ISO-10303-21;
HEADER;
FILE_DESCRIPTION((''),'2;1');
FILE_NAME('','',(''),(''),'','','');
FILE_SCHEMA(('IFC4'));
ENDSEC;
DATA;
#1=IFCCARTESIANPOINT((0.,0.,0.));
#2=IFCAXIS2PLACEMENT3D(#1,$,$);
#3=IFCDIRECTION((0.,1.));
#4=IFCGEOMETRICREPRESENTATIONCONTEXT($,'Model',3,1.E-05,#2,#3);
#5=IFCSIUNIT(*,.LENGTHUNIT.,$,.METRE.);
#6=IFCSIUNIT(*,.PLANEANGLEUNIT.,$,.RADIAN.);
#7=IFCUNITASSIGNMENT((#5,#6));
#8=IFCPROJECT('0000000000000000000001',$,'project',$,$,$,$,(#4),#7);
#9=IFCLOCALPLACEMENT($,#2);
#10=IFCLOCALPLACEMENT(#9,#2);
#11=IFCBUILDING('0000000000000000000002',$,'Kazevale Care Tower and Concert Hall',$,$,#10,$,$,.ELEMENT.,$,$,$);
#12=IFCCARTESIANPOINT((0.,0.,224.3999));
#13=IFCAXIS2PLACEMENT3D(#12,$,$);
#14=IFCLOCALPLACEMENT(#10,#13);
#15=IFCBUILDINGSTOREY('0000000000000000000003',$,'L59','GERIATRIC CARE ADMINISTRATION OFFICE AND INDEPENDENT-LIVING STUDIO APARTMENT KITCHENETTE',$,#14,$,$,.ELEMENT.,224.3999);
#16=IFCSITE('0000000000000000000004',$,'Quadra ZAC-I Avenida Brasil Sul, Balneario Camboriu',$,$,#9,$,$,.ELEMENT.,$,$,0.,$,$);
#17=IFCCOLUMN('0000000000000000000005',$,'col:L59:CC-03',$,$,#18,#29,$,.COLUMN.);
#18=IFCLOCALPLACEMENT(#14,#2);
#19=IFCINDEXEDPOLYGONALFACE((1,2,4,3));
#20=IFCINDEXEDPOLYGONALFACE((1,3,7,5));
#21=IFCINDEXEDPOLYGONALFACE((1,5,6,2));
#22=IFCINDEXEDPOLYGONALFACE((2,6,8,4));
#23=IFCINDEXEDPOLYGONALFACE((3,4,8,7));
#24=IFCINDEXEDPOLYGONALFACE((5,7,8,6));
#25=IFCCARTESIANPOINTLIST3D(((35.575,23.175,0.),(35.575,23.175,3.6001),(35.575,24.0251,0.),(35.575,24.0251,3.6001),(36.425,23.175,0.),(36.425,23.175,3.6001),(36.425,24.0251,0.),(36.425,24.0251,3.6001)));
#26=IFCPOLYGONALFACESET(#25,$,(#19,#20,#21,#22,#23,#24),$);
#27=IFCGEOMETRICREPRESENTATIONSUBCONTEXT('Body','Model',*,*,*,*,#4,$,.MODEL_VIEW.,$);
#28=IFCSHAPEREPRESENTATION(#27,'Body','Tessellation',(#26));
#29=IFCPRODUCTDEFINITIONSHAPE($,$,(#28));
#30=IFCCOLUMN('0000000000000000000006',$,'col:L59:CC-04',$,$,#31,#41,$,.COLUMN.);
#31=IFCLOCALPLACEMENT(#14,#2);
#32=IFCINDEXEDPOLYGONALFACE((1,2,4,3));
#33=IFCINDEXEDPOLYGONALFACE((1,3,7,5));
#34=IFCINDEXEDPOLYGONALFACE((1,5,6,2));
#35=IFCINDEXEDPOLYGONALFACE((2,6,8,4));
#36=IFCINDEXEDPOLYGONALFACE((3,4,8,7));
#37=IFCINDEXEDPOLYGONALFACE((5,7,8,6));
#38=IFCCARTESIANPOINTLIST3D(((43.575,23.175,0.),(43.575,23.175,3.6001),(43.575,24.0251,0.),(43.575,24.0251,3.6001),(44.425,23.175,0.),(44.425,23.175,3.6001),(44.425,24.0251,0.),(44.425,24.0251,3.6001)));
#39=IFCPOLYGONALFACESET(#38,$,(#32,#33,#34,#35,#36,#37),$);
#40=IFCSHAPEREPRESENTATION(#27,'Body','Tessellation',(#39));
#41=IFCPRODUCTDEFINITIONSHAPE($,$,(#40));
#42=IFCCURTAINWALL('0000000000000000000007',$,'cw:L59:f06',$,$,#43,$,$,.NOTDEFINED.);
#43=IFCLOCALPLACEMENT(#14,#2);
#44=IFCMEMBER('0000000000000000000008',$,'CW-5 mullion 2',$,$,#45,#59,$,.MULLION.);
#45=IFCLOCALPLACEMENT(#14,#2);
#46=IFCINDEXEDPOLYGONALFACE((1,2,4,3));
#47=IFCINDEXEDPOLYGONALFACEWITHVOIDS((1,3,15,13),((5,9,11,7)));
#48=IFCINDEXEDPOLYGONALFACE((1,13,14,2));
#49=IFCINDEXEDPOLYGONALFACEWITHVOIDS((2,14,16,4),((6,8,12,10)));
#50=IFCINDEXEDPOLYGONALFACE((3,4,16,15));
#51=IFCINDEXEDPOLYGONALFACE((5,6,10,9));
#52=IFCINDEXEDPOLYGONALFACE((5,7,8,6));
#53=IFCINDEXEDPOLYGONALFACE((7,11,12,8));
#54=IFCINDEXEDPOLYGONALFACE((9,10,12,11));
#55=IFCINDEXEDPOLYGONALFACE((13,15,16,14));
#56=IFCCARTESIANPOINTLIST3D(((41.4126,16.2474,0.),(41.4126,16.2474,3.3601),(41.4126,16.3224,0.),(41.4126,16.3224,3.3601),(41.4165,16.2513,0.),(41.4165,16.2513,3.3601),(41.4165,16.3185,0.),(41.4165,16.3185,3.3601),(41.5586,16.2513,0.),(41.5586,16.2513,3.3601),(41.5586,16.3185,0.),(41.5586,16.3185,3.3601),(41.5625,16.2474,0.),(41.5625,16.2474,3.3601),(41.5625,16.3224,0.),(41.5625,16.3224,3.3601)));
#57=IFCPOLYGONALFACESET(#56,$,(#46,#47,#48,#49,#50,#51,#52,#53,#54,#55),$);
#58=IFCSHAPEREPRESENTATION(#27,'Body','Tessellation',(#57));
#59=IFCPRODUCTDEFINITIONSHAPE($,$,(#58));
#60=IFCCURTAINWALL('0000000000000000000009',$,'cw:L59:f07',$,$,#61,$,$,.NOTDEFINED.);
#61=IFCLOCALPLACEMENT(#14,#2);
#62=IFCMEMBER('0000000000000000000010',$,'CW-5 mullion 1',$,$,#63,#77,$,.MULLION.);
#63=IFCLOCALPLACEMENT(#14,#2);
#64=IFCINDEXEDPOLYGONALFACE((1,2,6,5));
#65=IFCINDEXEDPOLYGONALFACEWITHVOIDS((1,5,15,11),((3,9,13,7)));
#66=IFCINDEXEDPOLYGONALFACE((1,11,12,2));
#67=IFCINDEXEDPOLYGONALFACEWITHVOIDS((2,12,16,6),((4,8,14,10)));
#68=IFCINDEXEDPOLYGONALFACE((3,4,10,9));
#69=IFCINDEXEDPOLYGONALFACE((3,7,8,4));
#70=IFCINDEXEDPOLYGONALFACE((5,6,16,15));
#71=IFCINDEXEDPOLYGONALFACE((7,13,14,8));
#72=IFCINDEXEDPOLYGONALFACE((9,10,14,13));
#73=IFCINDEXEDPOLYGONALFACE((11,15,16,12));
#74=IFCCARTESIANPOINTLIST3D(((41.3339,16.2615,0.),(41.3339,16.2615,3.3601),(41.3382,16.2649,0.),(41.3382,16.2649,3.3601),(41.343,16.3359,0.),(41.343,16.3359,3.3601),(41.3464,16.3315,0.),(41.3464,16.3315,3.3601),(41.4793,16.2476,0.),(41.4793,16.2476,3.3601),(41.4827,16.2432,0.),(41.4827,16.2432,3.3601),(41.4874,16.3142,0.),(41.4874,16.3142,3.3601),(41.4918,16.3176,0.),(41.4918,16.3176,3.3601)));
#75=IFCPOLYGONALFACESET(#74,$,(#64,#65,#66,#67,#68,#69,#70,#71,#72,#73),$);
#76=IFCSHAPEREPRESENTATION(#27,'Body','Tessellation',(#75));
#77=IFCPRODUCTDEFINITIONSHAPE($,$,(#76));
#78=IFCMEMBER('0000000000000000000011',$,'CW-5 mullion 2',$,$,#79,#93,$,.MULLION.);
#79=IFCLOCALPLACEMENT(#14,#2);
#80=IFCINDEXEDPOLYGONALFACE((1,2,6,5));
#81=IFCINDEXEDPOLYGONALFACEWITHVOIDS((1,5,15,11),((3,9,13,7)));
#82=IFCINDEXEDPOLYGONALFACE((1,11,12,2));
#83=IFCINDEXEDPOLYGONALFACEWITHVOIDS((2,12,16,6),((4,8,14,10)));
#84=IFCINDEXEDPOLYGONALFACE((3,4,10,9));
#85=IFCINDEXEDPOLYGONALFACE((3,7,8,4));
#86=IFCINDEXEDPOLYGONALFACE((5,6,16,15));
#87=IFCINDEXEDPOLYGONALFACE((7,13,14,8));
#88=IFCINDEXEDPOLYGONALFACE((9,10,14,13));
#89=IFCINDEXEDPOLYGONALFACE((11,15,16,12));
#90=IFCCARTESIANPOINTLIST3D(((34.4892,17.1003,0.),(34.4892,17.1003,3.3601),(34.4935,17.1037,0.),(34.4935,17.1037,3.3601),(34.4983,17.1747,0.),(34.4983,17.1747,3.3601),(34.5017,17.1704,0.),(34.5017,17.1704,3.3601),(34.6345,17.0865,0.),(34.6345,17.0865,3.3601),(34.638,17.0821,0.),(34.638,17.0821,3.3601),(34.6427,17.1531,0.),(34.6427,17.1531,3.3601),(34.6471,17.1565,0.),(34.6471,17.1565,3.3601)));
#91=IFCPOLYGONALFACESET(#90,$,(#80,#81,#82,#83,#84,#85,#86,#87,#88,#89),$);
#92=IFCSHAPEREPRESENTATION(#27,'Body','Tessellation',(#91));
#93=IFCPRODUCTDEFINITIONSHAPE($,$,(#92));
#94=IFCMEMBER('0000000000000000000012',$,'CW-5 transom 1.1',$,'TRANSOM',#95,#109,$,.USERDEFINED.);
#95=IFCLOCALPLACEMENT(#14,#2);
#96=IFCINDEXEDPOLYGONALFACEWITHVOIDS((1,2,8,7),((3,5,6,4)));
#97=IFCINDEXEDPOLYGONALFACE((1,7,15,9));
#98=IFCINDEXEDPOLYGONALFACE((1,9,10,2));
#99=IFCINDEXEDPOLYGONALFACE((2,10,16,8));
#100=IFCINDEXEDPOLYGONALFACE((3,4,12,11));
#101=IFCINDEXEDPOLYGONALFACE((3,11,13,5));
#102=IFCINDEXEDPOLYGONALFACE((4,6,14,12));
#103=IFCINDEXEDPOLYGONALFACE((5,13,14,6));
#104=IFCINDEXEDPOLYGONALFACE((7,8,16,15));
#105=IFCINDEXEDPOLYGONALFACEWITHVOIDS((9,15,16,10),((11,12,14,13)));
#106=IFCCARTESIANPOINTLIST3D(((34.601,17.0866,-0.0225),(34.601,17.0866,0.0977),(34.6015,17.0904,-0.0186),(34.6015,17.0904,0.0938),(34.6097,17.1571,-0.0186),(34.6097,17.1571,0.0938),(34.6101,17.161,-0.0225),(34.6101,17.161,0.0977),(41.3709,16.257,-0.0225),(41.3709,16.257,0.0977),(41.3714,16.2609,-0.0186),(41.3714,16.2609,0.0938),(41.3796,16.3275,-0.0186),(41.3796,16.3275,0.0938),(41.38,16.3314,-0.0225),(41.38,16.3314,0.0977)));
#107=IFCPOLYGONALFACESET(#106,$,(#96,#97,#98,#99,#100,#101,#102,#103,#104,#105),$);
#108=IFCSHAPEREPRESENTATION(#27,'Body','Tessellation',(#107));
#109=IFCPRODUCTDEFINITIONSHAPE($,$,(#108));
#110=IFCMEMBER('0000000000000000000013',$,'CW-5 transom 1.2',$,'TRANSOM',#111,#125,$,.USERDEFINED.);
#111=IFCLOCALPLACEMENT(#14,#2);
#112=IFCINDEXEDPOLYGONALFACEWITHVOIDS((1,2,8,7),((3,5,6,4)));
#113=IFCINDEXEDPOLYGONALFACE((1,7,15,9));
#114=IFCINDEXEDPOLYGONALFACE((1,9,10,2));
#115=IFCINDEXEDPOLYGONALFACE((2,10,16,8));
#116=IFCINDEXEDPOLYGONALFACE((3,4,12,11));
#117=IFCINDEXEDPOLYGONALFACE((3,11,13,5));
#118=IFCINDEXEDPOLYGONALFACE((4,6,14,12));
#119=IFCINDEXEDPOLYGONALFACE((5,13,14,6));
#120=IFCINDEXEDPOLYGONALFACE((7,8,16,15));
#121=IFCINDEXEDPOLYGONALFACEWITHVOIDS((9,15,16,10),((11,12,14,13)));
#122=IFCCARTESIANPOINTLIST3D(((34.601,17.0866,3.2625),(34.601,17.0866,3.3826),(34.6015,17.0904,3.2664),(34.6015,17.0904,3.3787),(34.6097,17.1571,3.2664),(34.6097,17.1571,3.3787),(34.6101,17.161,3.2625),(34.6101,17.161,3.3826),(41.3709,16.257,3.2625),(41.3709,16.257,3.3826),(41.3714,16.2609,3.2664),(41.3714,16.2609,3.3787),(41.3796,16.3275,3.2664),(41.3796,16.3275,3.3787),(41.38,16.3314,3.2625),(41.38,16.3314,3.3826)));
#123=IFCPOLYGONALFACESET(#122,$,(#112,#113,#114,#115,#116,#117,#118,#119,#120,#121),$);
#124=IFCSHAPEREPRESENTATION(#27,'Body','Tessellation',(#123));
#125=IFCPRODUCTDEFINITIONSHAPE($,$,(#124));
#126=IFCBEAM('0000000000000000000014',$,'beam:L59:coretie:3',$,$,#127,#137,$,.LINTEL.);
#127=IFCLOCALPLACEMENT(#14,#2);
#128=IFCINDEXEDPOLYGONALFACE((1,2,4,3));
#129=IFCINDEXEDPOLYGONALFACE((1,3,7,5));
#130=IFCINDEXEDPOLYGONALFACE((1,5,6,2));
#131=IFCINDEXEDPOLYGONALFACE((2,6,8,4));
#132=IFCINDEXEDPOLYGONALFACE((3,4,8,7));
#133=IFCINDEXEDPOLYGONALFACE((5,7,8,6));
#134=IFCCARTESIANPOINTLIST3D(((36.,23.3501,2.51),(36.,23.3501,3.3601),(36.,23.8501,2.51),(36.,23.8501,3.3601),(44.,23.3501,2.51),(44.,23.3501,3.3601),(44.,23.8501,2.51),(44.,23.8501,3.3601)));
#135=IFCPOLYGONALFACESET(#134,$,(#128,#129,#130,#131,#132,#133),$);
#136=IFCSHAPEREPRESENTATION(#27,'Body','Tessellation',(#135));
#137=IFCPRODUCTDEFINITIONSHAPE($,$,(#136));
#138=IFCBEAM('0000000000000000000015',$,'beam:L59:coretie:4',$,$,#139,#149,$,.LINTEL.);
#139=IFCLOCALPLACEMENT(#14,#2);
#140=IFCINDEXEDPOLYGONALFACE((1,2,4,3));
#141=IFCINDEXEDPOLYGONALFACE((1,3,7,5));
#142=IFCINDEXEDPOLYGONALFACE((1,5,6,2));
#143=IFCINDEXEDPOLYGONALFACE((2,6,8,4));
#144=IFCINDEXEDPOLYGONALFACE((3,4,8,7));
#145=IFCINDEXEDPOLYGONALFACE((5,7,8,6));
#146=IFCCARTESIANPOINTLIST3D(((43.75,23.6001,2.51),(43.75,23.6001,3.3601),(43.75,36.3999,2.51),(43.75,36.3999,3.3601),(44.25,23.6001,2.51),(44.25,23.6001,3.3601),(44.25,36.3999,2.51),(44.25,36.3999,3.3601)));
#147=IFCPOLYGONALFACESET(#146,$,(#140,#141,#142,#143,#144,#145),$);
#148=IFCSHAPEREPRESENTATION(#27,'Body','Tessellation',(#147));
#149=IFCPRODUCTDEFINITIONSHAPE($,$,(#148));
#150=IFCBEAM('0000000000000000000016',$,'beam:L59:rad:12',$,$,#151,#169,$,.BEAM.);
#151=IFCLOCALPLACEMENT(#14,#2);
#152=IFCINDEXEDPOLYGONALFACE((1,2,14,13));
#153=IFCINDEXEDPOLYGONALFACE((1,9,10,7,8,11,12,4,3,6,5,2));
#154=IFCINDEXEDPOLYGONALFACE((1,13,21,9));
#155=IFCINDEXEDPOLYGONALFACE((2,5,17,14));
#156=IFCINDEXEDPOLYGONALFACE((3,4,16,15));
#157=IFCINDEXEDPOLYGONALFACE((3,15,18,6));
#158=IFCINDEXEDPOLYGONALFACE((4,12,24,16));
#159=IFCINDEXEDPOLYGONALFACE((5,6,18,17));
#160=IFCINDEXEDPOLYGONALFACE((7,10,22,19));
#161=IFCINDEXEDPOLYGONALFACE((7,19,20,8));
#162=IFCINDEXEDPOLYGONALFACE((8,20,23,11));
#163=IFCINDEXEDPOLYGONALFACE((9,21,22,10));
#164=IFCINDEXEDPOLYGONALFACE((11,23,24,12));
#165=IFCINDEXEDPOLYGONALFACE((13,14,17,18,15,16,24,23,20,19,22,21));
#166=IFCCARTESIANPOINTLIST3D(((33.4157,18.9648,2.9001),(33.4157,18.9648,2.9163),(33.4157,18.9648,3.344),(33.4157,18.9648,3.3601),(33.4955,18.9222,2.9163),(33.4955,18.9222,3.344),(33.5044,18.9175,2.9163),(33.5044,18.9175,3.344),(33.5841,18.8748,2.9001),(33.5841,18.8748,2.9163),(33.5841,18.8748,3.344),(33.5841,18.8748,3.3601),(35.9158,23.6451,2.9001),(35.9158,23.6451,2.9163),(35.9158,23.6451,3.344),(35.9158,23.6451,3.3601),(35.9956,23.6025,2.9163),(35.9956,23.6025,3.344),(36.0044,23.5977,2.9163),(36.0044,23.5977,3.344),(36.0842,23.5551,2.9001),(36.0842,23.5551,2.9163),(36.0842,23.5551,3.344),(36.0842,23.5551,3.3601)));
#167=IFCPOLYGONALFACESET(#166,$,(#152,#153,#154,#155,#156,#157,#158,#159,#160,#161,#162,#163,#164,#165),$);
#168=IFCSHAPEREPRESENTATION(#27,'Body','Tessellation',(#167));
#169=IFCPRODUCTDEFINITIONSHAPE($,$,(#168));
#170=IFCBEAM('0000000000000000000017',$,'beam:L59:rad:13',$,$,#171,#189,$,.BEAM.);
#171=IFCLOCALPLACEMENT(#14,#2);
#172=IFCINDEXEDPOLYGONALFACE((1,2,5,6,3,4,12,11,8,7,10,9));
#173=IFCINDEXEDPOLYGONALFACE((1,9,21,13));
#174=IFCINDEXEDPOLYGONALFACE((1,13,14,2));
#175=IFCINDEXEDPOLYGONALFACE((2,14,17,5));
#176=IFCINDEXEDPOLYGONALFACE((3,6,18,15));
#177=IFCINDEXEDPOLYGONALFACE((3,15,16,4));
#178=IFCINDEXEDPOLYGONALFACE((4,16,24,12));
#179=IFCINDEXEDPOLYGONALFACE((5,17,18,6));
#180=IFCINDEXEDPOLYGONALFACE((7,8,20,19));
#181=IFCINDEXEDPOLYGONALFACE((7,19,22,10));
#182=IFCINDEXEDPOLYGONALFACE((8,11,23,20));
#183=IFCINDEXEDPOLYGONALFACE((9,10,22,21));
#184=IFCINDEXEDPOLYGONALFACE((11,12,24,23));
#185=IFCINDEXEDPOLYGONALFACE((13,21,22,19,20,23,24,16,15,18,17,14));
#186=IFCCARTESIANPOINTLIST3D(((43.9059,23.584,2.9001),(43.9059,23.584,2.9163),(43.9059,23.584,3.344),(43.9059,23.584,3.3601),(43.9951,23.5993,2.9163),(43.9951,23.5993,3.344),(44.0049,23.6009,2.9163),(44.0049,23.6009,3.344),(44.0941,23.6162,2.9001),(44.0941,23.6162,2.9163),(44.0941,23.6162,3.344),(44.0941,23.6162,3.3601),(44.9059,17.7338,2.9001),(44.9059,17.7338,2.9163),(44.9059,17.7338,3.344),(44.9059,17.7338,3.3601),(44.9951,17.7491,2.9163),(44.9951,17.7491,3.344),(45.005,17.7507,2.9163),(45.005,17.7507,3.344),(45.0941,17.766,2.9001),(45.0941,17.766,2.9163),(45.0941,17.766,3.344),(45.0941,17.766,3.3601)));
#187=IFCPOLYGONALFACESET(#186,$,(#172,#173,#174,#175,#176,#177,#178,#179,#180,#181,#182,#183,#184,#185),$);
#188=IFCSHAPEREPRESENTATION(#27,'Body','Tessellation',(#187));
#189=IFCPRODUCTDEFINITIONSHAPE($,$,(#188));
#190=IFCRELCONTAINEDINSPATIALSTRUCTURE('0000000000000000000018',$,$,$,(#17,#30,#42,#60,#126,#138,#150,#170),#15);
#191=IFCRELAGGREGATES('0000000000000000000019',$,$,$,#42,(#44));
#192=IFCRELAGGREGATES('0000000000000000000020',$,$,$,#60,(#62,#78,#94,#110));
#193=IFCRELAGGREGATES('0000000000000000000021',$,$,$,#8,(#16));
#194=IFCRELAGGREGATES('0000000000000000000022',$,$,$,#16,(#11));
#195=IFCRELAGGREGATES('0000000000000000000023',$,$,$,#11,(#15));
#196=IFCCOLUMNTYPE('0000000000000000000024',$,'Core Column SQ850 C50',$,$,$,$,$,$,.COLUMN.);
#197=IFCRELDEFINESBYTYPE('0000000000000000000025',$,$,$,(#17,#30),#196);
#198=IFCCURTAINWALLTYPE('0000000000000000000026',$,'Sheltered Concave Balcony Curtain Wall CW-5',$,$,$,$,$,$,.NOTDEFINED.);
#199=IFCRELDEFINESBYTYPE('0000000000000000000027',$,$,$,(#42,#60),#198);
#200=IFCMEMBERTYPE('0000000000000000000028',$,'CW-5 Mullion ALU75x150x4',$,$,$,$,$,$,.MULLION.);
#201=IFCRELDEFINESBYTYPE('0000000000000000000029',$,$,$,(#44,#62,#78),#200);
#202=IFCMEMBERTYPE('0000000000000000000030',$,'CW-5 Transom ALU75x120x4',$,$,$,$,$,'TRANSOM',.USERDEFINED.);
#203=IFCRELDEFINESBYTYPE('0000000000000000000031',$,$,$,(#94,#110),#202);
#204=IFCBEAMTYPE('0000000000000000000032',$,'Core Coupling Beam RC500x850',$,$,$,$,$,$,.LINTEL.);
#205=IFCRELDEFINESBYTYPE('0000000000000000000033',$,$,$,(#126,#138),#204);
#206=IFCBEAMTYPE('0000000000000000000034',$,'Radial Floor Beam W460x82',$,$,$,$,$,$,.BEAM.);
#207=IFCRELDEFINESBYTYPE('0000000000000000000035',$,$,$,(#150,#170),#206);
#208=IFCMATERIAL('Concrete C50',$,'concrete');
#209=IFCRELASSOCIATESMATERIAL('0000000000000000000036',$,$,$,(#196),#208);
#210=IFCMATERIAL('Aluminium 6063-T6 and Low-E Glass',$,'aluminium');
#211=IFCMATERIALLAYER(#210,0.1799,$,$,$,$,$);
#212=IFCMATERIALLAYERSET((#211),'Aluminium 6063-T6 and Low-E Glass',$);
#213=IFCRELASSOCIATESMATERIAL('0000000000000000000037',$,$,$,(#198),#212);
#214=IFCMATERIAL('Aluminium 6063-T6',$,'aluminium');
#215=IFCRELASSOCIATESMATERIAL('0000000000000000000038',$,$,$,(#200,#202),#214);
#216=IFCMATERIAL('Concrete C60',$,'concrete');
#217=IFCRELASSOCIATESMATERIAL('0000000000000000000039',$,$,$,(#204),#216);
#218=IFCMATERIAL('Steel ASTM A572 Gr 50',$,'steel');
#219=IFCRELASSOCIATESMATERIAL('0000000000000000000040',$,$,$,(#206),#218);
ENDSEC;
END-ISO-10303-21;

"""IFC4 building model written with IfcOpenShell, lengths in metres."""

from ifc_helpers import new_model, si_unit, direction, frame, origin, origin_2d, place, context, subcontext, project, spatial, rectangle, hollow_rectangle, i_section, extrude, material, layer, layer_set, material_profile, profile_set, type_object, element, aggregate, save


model = new_model("IFC4")

# Units and contexts
model_context = context("Model", 3, precision=1e-05, world=origin(), true_north=direction((0.0, 1.0)))
body_context = subcontext(model_context, "Body", "Model", "MODEL_VIEW")
ifc_project = project(units=[si_unit("LENGTHUNIT", "METRE"), si_unit("PLANEANGLEUNIT", "RADIAN")], contexts=[model_context])

# Site, building, storey
site_placement = place(None, origin())
site = spatial("IfcSite", under=ifc_project, at=site_placement, Name="Quadra ZAC-I Avenida Brasil Sul, Balneario Camboriu", CompositionType="ELEMENT", RefElevation=0.0)
building_placement = place(site_placement, origin())
building = spatial("IfcBuilding", under=site, at=building_placement, Name="Kazevale Care Tower and Concert Hall", CompositionType="ELEMENT")
storey_placement = place(building_placement, frame((0.0, 0.0, 224.3999)))
storey = spatial("IfcBuildingStorey", under=building, at=storey_placement, Name="L59", Description="GERIATRIC CARE ADMINISTRATION OFFICE AND INDEPENDENT-LIVING STUDIO APARTMENT KITCHENETTE", CompositionType="ELEMENT", Elevation=224.3999)

# Columns
ifc_material_1 = material(Name="Concrete C50", Category="concrete")
ifc_material_profile_1 = material_profile(ifc_material_1, rectangle(XDim=0.8501, YDim=0.8501, at=origin_2d()), Name="RC-SQ850")
ifc_profile_set_1 = profile_set([ifc_material_profile_1], Name="Concrete C50")
column_type = type_object("IfcColumnType", Name="Core Column SQ850 C50", PredefinedType="COLUMN", material=ifc_profile_set_1)
for number, where, z_axis, x_axis, name in (
    (1, (36.0, 23.6001, 0.0), (0.0, 0.0, 1.0), (1.0, 0.0, 0.0), "col:L59:CC-03"),
    (2, (44.0, 23.6001, 0.0), (0.0, 0.0, 1.0), (1.0, 0.0, 0.0), "col:L59:CC-04"),
):
    element("IfcColumn", number, at=place(storey_placement, frame(where, z_axis=z_axis, x_axis=x_axis)), inside=storey, type_object=column_type, Name=name, PredefinedType="COLUMN", context=body_context, shape_type="SweptSolid", body=[
        extrude(rectangle(XDim=0.8501, YDim=0.8501, at=origin_2d()), origin(), (0.0, 0.0, 1.0), 3.6001),
    ])

# Curtain wall, member
ifc_material_2 = material(Name="Aluminium 6063-T6 and Low-E Glass", Category="aluminium")
ifc_layer_1 = layer(ifc_material_2, 0.1799)
ifc_layer_set_1 = layer_set([ifc_layer_1], Name="Aluminium 6063-T6 and Low-E Glass")
curtain_wall_type = type_object("IfcCurtainWallType", Name="Sheltered Concave Balcony Curtain Wall CW-5", PredefinedType="NOTDEFINED", material=ifc_layer_set_1)
curtain_wall_1_placement = place(storey_placement, origin())
curtain_wall_1 = element("IfcCurtainWall", 3, at=curtain_wall_1_placement, inside=storey, type_object=curtain_wall_type, Name="cw:L59:f06", PredefinedType="NOTDEFINED")
ifc_material_3 = material(Name="Aluminium 6063-T6", Category="aluminium")
ifc_material_profile_2 = material_profile(ifc_material_3, hollow_rectangle(XDim=0.075, YDim=0.1499, WallThickness=0.0039, at=origin_2d()), Name="ALU75x150x4")
ifc_profile_set_2 = profile_set([ifc_material_profile_2], Name="Aluminium 6063-T6")
member_type_1 = type_object("IfcMemberType", Name="CW-5 Mullion ALU75x150x4", PredefinedType="MULLION", material=ifc_profile_set_2)
member_1_placement = place(storey_placement, frame((41.4875, 16.2849, 0.0), z_axis=(0.0, 0.0, 1.0), x_axis=(0.0, -1.0, 0.0)))
member_1 = element("IfcMember", 4, at=member_1_placement, type_object=member_type_1, Name="CW-5 mullion 2", PredefinedType="MULLION", context=body_context, shape_type="SweptSolid", body=[
    extrude(hollow_rectangle(XDim=0.075, YDim=0.1499, WallThickness=0.0039, at=origin_2d()), origin(), (0.0, 0.0, 1.0), 3.3601),
])
aggregate(curtain_wall_1, [member_1])

# Curtain wall, members
curtain_wall_2_placement = place(storey_placement, origin())
curtain_wall_2 = element("IfcCurtainWall", 5, at=curtain_wall_2_placement, inside=storey, type_object=curtain_wall_type, Name="cw:L59:f07", PredefinedType="NOTDEFINED")
member_2_placement = place(storey_placement, frame((41.4128, 16.2896, 0.0), z_axis=(0.0, 0.0, 1.0), x_axis=(-0.121651, -0.992573, 0.0)))
member_2 = element("IfcMember", 6, at=member_2_placement, type_object=member_type_1, Name="CW-5 mullion 1", PredefinedType="MULLION", context=body_context, shape_type="SweptSolid", body=[
    extrude(hollow_rectangle(XDim=0.075, YDim=0.1499, WallThickness=0.0039, at=origin_2d()), origin(), (0.0, 0.0, 1.0), 3.3601),
])
member_3_placement = place(storey_placement, frame((34.5681, 17.1284, 0.0), z_axis=(0.0, 0.0, 1.0), x_axis=(-0.121651, -0.992573, 0.0)))
member_3 = element("IfcMember", 7, at=member_3_placement, type_object=member_type_1, Name="CW-5 mullion 2", PredefinedType="MULLION", context=body_context, shape_type="SweptSolid", body=[
    extrude(hollow_rectangle(XDim=0.075, YDim=0.1499, WallThickness=0.0039, at=origin_2d()), origin(), (0.0, 0.0, 1.0), 3.3601),
])
ifc_material_profile_3 = material_profile(ifc_material_3, hollow_rectangle(XDim=0.075, YDim=0.1201, WallThickness=0.0039, at=origin_2d()), Name="ALU75x120x4")
ifc_profile_set_3 = profile_set([ifc_material_profile_3], Name="Aluminium 6063-T6")
member_type_2 = type_object("IfcMemberType", Name="CW-5 Transom ALU75x120x4", ElementType="TRANSOM", PredefinedType="USERDEFINED", material=ifc_profile_set_3)
member_4_placement = place(storey_placement, frame((41.3755, 16.2942, 0.0376), z_axis=(-0.992576, 0.121629, 0.0), x_axis=(-0.121629, -0.992576, 0.0)))
member_4 = element("IfcMember", 8, at=member_4_placement, type_object=member_type_2, Name="CW-5 transom 1.1", ObjectType="TRANSOM", PredefinedType="USERDEFINED", context=body_context, shape_type="SweptSolid", body=[
    extrude(hollow_rectangle(XDim=0.075, YDim=0.1201, WallThickness=0.0039, at=origin_2d()), origin(), (0.0, 0.0, 1.0), 6.8206),
])
member_5_placement = place(storey_placement, frame((41.3755, 16.2942, 3.3225), z_axis=(-0.992576, 0.121629, 0.0), x_axis=(-0.121629, -0.992576, 0.0)))
member_5 = element("IfcMember", 9, at=member_5_placement, type_object=member_type_2, Name="CW-5 transom 1.2", ObjectType="TRANSOM", PredefinedType="USERDEFINED", context=body_context, shape_type="SweptSolid", body=[
    extrude(hollow_rectangle(XDim=0.075, YDim=0.1201, WallThickness=0.0039, at=origin_2d()), origin(), (0.0, 0.0, 1.0), 6.8206),
])

# Beams
ifc_material_4 = material(Name="Concrete C60", Category="concrete")
ifc_material_profile_4 = material_profile(ifc_material_4, rectangle(XDim=0.5, YDim=0.8501, at=origin_2d()), Name="RC-B500x850")
ifc_profile_set_4 = profile_set([ifc_material_profile_4], Name="Concrete C60")
beam_type_1 = type_object("IfcBeamType", Name="Core Coupling Beam RC500x850", PredefinedType="LINTEL", material=ifc_profile_set_4)
beam_1_placement = place(storey_placement, frame((36.0, 23.6001, 2.9351), z_axis=(1.0, 0.0, 0.0), x_axis=(0.0, 1.0, 0.0)))
element("IfcBeam", 10, at=beam_1_placement, inside=storey, type_object=beam_type_1, Name="beam:L59:coretie:3", PredefinedType="LINTEL", context=body_context, shape_type="SweptSolid", body=[
    extrude(rectangle(XDim=0.5, YDim=0.8501, at=origin_2d()), origin(), (0.0, 0.0, 1.0), 8.0),
])
beam_2_placement = place(storey_placement, frame((44.0, 23.6001, 2.9351), z_axis=(0.0, 1.0, 0.0), x_axis=(-1.0, 0.0, 0.0)))
element("IfcBeam", 11, at=beam_2_placement, inside=storey, type_object=beam_type_1, Name="beam:L59:coretie:4", PredefinedType="LINTEL", context=body_context, shape_type="SweptSolid", body=[
    extrude(rectangle(XDim=0.5, YDim=0.8501, at=origin_2d()), origin(), (0.0, 0.0, 1.0), 12.7998),
])
ifc_material_5 = material(Name="Steel ASTM A572 Gr 50", Category="steel")
ifc_material_profile_5 = material_profile(ifc_material_5, i_section(OverallWidth=0.1909, OverallDepth=0.46, WebThickness=0.01, FlangeThickness=0.0161, at=origin_2d()), Name="W460x82")
ifc_profile_set_5 = profile_set([ifc_material_profile_5], Name="Steel ASTM A572 Gr 50")
beam_type_2 = type_object("IfcBeamType", Name="Radial Floor Beam W460x82", PredefinedType="BEAM", material=ifc_profile_set_5)
beam_3_placement = place(storey_placement, frame((36.0, 23.6001, 3.1301), z_axis=(-0.471161, -0.882047, 0.0), x_axis=(0.882047, -0.471161, 0.0)))
element("IfcBeam", 12, at=beam_3_placement, inside=storey, type_object=beam_type_2, Name="beam:L59:rad:12", PredefinedType="BEAM", context=body_context, shape_type="SweptSolid", body=[
    extrude(i_section(OverallWidth=0.1909, OverallDepth=0.46, WebThickness=0.01, FlangeThickness=0.0161, at=origin_2d()), origin(), (0.0, 0.0, 1.0), 5.3062),
])
beam_4_placement = place(storey_placement, frame((44.0, 23.6001, 3.1301), z_axis=(0.168493, -0.985703, 0.0), x_axis=(0.985703, 0.168493, 0.0)))
element("IfcBeam", 13, at=beam_4_placement, inside=storey, type_object=beam_type_2, Name="beam:L59:rad:13", PredefinedType="BEAM", context=body_context, shape_type="SweptSolid", body=[
    extrude(i_section(OverallWidth=0.1909, OverallDepth=0.46, WebThickness=0.01, FlangeThickness=0.0161, at=origin_2d()), origin(), (0.0, 0.0, 1.0), 5.9351),
])

aggregate(curtain_wall_2, [member_2, member_3, member_4, member_5])

save(model, "model.ifc")
